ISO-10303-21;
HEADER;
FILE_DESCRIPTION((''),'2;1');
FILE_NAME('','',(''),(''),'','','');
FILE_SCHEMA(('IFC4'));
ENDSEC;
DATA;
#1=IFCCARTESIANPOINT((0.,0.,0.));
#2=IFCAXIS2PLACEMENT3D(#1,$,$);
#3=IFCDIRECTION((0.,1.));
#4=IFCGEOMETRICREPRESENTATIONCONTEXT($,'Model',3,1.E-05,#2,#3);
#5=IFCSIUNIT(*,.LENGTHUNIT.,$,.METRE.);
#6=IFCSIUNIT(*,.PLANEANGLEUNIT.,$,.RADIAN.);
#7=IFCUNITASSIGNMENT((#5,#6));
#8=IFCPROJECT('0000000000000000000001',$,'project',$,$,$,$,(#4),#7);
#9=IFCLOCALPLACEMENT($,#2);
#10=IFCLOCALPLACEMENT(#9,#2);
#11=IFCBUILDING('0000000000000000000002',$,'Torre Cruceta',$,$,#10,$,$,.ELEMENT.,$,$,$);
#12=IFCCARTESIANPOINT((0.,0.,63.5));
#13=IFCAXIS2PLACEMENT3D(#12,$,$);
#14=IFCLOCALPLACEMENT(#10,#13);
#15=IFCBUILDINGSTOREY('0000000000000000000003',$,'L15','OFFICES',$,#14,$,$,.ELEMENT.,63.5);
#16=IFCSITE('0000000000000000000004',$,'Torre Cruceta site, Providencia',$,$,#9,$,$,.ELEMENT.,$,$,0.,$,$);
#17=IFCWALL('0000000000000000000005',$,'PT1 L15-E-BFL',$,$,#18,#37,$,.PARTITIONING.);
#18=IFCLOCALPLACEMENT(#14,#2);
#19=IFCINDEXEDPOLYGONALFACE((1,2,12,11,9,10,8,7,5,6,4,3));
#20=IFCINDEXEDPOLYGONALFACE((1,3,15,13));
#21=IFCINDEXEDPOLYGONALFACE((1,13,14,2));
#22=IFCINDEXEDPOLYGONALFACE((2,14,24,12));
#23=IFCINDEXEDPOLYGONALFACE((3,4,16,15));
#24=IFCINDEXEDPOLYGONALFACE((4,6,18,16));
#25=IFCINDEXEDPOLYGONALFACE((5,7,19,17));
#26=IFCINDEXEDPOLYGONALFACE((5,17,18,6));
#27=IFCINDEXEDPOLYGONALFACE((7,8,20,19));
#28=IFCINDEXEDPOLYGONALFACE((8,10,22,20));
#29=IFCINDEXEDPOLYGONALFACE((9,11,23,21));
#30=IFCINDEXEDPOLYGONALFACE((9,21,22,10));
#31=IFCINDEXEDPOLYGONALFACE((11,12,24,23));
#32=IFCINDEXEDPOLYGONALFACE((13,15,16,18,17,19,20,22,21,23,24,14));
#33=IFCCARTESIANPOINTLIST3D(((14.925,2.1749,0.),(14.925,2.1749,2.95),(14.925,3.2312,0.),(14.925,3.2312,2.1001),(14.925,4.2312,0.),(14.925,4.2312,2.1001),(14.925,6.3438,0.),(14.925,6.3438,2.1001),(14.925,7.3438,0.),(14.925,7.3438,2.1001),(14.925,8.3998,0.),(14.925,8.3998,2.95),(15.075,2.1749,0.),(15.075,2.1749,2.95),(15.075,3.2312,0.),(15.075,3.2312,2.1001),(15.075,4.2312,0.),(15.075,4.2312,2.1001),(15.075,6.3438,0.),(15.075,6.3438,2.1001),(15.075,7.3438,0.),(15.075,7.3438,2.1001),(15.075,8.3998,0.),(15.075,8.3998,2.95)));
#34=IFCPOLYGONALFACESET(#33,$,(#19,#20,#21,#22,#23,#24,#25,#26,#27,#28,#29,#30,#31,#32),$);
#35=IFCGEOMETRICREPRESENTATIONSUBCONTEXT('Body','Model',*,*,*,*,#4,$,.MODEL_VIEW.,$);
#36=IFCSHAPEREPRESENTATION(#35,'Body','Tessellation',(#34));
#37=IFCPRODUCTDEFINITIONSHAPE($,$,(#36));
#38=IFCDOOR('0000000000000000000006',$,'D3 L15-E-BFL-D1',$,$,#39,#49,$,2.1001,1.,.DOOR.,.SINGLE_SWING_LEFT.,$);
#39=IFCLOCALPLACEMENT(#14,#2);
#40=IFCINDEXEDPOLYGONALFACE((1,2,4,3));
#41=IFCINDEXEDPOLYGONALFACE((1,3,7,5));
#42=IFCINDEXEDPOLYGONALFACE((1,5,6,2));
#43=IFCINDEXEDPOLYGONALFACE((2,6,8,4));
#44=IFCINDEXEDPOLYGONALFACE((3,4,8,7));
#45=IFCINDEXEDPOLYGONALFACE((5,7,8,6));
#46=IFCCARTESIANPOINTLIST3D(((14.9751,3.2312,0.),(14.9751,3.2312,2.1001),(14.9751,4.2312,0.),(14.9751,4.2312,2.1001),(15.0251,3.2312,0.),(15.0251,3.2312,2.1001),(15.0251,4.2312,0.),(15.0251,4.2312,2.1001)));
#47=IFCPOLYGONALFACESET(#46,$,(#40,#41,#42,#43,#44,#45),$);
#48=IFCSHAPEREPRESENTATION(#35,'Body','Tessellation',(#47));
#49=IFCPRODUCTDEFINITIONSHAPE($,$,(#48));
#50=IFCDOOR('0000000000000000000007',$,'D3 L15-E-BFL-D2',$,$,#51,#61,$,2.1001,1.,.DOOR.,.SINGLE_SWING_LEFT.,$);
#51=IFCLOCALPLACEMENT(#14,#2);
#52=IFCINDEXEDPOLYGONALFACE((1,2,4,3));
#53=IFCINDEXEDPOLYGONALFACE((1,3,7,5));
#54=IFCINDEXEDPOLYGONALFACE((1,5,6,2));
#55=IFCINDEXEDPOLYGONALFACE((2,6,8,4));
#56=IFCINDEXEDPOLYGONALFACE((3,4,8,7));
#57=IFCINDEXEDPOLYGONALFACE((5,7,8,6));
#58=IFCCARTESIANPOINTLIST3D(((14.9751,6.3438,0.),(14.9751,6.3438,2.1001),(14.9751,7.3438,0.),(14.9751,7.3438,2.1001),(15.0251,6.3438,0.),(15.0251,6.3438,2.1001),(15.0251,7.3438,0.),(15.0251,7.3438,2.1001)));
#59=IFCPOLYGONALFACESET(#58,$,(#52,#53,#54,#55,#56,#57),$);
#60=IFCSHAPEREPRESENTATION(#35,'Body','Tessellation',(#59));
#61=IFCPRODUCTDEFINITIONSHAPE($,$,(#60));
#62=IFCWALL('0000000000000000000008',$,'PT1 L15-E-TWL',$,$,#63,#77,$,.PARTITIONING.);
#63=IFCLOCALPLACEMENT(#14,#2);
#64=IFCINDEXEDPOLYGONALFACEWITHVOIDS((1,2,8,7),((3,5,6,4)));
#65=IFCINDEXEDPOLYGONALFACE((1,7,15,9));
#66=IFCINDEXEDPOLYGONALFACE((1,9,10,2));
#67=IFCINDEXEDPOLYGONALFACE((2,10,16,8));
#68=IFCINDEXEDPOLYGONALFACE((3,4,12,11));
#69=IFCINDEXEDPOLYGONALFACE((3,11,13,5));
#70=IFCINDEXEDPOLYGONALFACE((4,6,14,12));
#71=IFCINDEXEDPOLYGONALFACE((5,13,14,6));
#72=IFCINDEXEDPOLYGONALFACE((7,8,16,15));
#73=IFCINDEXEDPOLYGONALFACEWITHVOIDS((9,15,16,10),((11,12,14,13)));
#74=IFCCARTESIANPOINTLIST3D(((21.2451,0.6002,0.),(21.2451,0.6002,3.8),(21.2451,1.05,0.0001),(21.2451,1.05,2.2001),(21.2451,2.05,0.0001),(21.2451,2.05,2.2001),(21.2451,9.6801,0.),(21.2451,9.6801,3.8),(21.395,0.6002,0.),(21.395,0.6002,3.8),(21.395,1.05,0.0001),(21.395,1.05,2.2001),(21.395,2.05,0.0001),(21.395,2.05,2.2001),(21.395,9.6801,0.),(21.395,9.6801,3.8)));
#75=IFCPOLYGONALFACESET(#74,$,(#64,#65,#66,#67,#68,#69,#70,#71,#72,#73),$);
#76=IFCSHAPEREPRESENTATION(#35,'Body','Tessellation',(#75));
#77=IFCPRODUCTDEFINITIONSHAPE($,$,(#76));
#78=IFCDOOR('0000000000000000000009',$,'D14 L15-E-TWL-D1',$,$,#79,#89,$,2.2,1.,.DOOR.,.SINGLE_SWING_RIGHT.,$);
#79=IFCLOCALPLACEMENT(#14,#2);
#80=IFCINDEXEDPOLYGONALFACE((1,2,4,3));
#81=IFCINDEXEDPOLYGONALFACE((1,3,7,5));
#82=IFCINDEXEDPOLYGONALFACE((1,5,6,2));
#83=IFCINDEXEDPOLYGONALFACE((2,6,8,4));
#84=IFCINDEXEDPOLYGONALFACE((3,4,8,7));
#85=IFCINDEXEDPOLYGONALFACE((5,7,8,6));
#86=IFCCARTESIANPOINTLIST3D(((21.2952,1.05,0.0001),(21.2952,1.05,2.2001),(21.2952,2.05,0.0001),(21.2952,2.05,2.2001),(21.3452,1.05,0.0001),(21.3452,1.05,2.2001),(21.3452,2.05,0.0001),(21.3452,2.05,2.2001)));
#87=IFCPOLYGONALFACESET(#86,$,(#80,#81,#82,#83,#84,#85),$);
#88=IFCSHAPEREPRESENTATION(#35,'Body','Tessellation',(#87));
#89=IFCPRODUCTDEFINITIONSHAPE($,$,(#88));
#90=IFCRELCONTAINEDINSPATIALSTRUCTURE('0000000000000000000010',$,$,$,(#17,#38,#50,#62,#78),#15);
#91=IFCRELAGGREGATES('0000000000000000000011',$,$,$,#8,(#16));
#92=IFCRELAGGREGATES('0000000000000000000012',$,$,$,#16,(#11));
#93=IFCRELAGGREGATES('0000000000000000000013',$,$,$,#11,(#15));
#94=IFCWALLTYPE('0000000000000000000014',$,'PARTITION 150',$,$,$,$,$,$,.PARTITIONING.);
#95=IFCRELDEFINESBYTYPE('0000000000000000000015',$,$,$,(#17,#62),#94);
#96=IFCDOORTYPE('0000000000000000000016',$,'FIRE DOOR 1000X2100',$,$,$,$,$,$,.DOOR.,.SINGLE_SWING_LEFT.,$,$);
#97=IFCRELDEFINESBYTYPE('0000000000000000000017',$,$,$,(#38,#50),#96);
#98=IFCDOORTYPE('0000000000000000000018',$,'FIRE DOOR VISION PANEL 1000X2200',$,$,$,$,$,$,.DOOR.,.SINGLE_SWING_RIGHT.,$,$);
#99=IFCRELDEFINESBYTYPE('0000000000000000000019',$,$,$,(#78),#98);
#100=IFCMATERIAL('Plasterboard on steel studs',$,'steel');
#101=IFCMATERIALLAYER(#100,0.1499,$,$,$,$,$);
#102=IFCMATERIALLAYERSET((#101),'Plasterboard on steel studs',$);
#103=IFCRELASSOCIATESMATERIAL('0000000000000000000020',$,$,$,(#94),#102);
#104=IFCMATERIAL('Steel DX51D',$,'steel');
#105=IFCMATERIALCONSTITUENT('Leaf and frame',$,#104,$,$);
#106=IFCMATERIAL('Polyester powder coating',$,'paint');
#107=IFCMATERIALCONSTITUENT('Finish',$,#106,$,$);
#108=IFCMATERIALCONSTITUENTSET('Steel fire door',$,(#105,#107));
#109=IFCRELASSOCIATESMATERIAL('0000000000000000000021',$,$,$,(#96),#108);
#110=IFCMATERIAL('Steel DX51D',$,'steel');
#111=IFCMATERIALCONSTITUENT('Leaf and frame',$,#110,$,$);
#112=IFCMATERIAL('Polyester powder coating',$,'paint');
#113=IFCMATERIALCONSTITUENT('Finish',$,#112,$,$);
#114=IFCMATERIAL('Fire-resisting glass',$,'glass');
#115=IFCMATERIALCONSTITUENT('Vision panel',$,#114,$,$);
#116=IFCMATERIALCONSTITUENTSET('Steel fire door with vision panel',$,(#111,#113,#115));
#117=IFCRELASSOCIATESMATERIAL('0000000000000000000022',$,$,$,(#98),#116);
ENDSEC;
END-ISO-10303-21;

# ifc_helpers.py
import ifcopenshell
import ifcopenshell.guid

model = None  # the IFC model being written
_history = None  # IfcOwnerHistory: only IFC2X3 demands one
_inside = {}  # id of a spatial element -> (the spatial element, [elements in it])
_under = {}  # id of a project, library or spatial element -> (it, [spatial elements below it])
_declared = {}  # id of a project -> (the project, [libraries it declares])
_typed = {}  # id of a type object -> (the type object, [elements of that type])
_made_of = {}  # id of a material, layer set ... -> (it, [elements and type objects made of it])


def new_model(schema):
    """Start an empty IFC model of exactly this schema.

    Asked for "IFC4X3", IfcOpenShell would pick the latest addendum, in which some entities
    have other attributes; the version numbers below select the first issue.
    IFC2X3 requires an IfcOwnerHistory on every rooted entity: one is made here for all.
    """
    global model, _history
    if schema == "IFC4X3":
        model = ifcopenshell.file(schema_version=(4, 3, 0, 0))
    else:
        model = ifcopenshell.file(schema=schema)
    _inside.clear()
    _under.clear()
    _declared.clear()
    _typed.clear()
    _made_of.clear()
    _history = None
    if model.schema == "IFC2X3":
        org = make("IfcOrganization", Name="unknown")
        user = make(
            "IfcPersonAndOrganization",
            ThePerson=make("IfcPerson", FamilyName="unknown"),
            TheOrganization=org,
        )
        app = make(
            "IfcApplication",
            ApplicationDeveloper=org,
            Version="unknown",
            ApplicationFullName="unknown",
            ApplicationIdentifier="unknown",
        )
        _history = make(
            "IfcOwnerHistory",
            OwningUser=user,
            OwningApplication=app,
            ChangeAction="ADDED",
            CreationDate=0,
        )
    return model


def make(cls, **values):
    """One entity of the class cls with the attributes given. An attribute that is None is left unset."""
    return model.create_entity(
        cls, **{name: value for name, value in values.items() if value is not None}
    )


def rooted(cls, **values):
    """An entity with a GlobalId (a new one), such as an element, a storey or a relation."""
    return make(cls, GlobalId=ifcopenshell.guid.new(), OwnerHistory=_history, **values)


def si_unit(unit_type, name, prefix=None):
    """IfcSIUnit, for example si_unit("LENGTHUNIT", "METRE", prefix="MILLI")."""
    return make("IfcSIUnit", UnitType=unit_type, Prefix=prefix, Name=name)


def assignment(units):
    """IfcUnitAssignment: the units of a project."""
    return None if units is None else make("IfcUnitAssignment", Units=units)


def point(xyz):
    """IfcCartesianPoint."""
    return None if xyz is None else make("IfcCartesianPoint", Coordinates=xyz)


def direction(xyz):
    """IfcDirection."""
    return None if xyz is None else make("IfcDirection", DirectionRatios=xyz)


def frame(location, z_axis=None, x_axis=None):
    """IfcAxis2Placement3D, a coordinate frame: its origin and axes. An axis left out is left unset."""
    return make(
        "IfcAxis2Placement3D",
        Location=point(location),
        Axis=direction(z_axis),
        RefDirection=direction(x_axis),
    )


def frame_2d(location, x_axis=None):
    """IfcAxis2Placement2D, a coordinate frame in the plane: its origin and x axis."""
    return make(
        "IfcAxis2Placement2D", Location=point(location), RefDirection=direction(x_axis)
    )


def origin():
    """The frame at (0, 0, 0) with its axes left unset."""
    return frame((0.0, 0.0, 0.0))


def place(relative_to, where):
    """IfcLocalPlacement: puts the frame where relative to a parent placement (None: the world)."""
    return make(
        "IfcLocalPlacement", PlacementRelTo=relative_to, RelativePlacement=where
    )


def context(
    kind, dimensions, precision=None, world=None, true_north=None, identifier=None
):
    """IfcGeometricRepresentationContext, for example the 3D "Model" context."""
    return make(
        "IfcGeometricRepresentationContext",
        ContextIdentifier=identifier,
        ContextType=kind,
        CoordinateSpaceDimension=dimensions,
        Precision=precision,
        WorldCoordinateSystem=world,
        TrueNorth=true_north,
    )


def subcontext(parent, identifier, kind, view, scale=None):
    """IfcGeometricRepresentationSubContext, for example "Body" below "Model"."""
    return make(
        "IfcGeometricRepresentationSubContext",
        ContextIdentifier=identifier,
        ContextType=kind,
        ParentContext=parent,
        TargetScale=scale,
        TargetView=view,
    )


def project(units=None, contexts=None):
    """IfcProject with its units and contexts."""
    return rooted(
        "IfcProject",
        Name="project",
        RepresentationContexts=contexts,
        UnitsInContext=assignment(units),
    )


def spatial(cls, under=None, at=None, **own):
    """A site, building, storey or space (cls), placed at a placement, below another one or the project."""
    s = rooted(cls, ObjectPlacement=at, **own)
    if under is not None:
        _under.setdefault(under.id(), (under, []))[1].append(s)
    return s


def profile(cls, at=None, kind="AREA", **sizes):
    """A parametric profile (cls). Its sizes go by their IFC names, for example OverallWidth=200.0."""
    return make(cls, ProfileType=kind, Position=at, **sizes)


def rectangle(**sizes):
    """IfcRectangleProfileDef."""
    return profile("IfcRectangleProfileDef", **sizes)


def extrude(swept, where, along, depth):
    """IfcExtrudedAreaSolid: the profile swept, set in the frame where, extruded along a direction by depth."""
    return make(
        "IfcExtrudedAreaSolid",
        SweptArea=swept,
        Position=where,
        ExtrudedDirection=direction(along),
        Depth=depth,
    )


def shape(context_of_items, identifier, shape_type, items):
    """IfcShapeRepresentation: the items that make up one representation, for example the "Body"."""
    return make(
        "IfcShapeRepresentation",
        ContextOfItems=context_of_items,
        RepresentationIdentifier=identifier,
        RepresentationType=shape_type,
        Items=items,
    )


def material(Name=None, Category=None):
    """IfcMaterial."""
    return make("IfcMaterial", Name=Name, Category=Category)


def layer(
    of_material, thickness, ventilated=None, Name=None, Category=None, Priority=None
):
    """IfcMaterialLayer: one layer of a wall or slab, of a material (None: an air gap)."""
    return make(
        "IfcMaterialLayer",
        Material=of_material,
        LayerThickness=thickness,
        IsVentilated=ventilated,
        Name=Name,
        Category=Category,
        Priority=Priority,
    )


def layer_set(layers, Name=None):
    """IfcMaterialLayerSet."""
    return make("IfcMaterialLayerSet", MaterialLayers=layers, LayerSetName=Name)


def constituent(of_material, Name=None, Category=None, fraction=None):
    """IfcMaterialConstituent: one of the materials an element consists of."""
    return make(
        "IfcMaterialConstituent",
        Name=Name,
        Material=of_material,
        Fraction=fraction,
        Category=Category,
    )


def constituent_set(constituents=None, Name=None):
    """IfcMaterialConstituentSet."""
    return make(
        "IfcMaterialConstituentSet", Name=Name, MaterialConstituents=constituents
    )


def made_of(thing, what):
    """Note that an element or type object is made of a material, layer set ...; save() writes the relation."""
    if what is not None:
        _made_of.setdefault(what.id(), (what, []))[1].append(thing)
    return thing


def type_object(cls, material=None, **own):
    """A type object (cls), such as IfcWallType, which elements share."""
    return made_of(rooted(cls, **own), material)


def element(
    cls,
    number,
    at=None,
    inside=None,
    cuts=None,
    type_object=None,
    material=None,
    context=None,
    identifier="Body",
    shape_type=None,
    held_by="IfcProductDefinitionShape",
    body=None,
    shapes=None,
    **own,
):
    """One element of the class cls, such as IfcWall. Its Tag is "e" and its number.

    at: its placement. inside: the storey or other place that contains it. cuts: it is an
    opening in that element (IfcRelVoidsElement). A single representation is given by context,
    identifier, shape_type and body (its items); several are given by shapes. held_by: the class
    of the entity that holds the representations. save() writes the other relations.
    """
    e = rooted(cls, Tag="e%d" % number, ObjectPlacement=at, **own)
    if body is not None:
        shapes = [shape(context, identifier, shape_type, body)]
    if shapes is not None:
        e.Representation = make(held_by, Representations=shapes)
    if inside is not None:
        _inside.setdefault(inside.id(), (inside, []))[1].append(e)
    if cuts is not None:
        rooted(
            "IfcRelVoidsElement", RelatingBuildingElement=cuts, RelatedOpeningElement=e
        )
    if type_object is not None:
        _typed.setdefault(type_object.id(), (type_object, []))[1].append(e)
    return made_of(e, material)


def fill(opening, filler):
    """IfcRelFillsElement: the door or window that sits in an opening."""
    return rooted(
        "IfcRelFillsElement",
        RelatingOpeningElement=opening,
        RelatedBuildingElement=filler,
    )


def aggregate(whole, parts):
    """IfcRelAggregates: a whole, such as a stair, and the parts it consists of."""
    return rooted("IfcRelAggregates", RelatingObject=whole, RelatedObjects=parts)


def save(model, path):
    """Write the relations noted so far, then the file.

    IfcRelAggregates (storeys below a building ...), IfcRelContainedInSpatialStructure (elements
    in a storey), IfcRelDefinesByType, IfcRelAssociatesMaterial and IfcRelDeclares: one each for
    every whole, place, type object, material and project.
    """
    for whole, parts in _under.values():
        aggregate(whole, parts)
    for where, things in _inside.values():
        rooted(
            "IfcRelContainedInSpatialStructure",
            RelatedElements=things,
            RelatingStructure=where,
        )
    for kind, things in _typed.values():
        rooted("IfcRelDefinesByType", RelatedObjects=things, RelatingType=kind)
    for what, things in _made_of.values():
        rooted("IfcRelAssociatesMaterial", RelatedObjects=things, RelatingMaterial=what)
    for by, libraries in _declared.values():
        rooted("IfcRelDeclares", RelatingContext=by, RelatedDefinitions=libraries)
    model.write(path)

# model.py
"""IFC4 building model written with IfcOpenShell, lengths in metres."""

from ifc_helpers import new_model, si_unit, direction, frame, frame_2d, origin, place, context, subcontext, project, spatial, rectangle, extrude, material, layer, layer_set, constituent, constituent_set, type_object, element, fill, save


model = new_model("IFC4")

# Units and contexts
model_context = context("Model", 3, precision=1e-05, world=origin(), true_north=direction((0.0, 1.0)))
body_context = subcontext(model_context, "Body", "Model", "MODEL_VIEW")
ifc_project = project(units=[si_unit("LENGTHUNIT", "METRE"), si_unit("PLANEANGLEUNIT", "RADIAN")], contexts=[model_context])

# Site, building, storey
site_placement = place(None, origin())
site = spatial("IfcSite", under=ifc_project, at=site_placement, Name="Torre Cruceta site, Providencia", CompositionType="ELEMENT", RefElevation=0.0)
building_placement = place(site_placement, origin())
building = spatial("IfcBuilding", under=site, at=building_placement, Name="Torre Cruceta", CompositionType="ELEMENT")
storey_placement = place(building_placement, frame((0.0, 0.0, 63.5)))
storey = spatial("IfcBuildingStorey", under=building, at=storey_placement, Name="L15", Description="OFFICES", CompositionType="ELEMENT", Elevation=63.5)

# Wall, openings, doors
ifc_material_1 = material(Name="Plasterboard on steel studs", Category="steel")
ifc_layer_1 = layer(ifc_material_1, 0.1499)
ifc_layer_set_1 = layer_set([ifc_layer_1], Name="Plasterboard on steel studs")
wall_type_1 = type_object("IfcWallType", Name="PARTITION 150", PredefinedType="PARTITIONING", material=ifc_layer_set_1)
wall_1_placement = place(storey_placement, frame((15.0, 2.175, 0.0), z_axis=(0.0, 0.0, 1.0), x_axis=(0.0, 1.0, 0.0)))
wall_1 = element("IfcWall", 1, at=wall_1_placement, inside=storey, type_object=wall_type_1, Name="PT1 L15-E-BFL", PredefinedType="PARTITIONING", context=body_context, shape_type="SweptSolid", body=[
    extrude(rectangle(XDim=6.2249, YDim=0.1499, at=frame_2d((3.1123, 0.0))), origin(), (0.0, 0.0, 1.0), 2.95),
])
opening_1_placement = place(wall_1_placement, frame((1.0562, 0.0, 0.0)))
opening_1 = element("IfcOpeningElement", 2, at=opening_1_placement, cuts=wall_1, PredefinedType="OPENING", context=body_context, shape_type="SweptSolid", body=[
    extrude(rectangle(XDim=1.0, YDim=2.1001, at=frame_2d((0.5, 1.05))), frame((0.0, 0.085, 0.0), z_axis=(0.0, -1.0, 0.0), x_axis=(1.0, 0.0, 0.0)), (0.0, 0.0, 1.0), 0.1699),
])
opening_2_placement = place(wall_1_placement, frame((4.1687, 0.0, 0.0)))
opening_2 = element("IfcOpeningElement", 3, at=opening_2_placement, cuts=wall_1, PredefinedType="OPENING", context=body_context, shape_type="SweptSolid", body=[
    extrude(rectangle(XDim=1.0, YDim=2.1001, at=frame_2d((0.5, 1.05))), frame((0.0, 0.085, 0.0), z_axis=(0.0, -1.0, 0.0), x_axis=(1.0, 0.0, 0.0)), (0.0, 0.0, 1.0), 0.1699),
])
ifc_material_2 = material(Name="Steel DX51D", Category="steel")
ifc_constituent_1 = constituent(ifc_material_2, Name="Leaf and frame")
ifc_material_3 = material(Name="Polyester powder coating", Category="paint")
ifc_constituent_2 = constituent(ifc_material_3, Name="Finish")
ifc_constituent_set_1 = constituent_set(constituents=[ifc_constituent_1, ifc_constituent_2], Name="Steel fire door")
door_type_1 = type_object("IfcDoorType", Name="FIRE DOOR 1000X2100", OperationType="SINGLE_SWING_LEFT", PredefinedType="DOOR", material=ifc_constituent_set_1)
door_1_placement = place(opening_1_placement, origin())
door_1 = element("IfcDoor", 4, at=door_1_placement, inside=storey, type_object=door_type_1, Name="D3 L15-E-BFL-D1", OperationType="SINGLE_SWING_LEFT", OverallHeight=2.1001, OverallWidth=1.0, PredefinedType="DOOR", context=body_context, shape_type="SweptSolid", body=[
    extrude(rectangle(XDim=1.0, YDim=2.1001, at=frame_2d((0.5, 1.05))), frame((0.0, 0.0249, 0.0), z_axis=(0.0, -1.0, 0.0), x_axis=(1.0, 0.0, 0.0)), (0.0, 0.0, 1.0), 0.05),
])
fill(opening_1, door_1)
door_2_placement = place(opening_2_placement, origin())
door_2 = element("IfcDoor", 5, at=door_2_placement, inside=storey, type_object=door_type_1, Name="D3 L15-E-BFL-D2", OperationType="SINGLE_SWING_LEFT", OverallHeight=2.1001, OverallWidth=1.0, PredefinedType="DOOR", context=body_context, shape_type="SweptSolid", body=[
    extrude(rectangle(XDim=1.0, YDim=2.1001, at=frame_2d((0.5, 1.05))), frame((0.0, 0.0249, 0.0), z_axis=(0.0, -1.0, 0.0), x_axis=(1.0, 0.0, 0.0)), (0.0, 0.0, 1.0), 0.05),
])
fill(opening_2, door_2)

# Wall, opening, door
wall_2_placement = place(storey_placement, frame((21.3201, 0.6001, 0.0), z_axis=(0.0, 0.0, 1.0), x_axis=(0.0, 1.0, 0.0)))
wall_2 = element("IfcWall", 6, at=wall_2_placement, inside=storey, type_object=wall_type_1, Name="PT1 L15-E-TWL", PredefinedType="PARTITIONING", context=body_context, shape_type="SweptSolid", body=[
    extrude(rectangle(XDim=9.0798, YDim=0.1499, at=frame_2d((4.54, 0.0))), origin(), (0.0, 0.0, 1.0), 3.8),
])
opening_3_placement = place(wall_2_placement, frame((0.45, 0.0, 0.0)))
opening_3 = element("IfcOpeningElement", 7, at=opening_3_placement, cuts=wall_2, PredefinedType="OPENING", context=body_context, shape_type="SweptSolid", body=[
    extrude(rectangle(XDim=1.0, YDim=2.2, at=frame_2d((0.5, 1.1001))), frame((0.0, 0.085, 0.0), z_axis=(0.0, -1.0, 0.0), x_axis=(1.0, 0.0, 0.0)), (0.0, 0.0, 1.0), 0.1699),
])
ifc_material_4 = material(Name="Steel DX51D", Category="steel")
ifc_constituent_3 = constituent(ifc_material_4, Name="Leaf and frame")
ifc_material_5 = material(Name="Polyester powder coating", Category="paint")
ifc_constituent_4 = constituent(ifc_material_5, Name="Finish")
ifc_material_6 = material(Name="Fire-resisting glass", Category="glass")
ifc_constituent_5 = constituent(ifc_material_6, Name="Vision panel")
ifc_constituent_set_2 = constituent_set(constituents=[ifc_constituent_3, ifc_constituent_4, ifc_constituent_5], Name="Steel fire door with vision panel")
door_type_2 = type_object("IfcDoorType", Name="FIRE DOOR VISION PANEL 1000X2200", OperationType="SINGLE_SWING_RIGHT", PredefinedType="DOOR", material=ifc_constituent_set_2)
door_3_placement = place(opening_3_placement, frame((1.0, 0.0, 0.0), z_axis=(0.0, 0.0, 1.0), x_axis=(-1.0, 0.0, 0.0)))
door_3 = element("IfcDoor", 8, at=door_3_placement, inside=storey, type_object=door_type_2, Name="D14 L15-E-TWL-D1", OperationType="SINGLE_SWING_RIGHT", OverallHeight=2.2, OverallWidth=1.0, PredefinedType="DOOR", context=body_context, shape_type="SweptSolid", body=[
    extrude(rectangle(XDim=1.0, YDim=2.2, at=frame_2d((0.5, 1.1001))), frame((0.0, 0.0251, 0.0), z_axis=(0.0, -1.0, 0.0), x_axis=(1.0, 0.0, 0.0)), (0.0, 0.0, 1.0), 0.05),
])
fill(opening_3, door_3)

save(model, "model.ifc")
